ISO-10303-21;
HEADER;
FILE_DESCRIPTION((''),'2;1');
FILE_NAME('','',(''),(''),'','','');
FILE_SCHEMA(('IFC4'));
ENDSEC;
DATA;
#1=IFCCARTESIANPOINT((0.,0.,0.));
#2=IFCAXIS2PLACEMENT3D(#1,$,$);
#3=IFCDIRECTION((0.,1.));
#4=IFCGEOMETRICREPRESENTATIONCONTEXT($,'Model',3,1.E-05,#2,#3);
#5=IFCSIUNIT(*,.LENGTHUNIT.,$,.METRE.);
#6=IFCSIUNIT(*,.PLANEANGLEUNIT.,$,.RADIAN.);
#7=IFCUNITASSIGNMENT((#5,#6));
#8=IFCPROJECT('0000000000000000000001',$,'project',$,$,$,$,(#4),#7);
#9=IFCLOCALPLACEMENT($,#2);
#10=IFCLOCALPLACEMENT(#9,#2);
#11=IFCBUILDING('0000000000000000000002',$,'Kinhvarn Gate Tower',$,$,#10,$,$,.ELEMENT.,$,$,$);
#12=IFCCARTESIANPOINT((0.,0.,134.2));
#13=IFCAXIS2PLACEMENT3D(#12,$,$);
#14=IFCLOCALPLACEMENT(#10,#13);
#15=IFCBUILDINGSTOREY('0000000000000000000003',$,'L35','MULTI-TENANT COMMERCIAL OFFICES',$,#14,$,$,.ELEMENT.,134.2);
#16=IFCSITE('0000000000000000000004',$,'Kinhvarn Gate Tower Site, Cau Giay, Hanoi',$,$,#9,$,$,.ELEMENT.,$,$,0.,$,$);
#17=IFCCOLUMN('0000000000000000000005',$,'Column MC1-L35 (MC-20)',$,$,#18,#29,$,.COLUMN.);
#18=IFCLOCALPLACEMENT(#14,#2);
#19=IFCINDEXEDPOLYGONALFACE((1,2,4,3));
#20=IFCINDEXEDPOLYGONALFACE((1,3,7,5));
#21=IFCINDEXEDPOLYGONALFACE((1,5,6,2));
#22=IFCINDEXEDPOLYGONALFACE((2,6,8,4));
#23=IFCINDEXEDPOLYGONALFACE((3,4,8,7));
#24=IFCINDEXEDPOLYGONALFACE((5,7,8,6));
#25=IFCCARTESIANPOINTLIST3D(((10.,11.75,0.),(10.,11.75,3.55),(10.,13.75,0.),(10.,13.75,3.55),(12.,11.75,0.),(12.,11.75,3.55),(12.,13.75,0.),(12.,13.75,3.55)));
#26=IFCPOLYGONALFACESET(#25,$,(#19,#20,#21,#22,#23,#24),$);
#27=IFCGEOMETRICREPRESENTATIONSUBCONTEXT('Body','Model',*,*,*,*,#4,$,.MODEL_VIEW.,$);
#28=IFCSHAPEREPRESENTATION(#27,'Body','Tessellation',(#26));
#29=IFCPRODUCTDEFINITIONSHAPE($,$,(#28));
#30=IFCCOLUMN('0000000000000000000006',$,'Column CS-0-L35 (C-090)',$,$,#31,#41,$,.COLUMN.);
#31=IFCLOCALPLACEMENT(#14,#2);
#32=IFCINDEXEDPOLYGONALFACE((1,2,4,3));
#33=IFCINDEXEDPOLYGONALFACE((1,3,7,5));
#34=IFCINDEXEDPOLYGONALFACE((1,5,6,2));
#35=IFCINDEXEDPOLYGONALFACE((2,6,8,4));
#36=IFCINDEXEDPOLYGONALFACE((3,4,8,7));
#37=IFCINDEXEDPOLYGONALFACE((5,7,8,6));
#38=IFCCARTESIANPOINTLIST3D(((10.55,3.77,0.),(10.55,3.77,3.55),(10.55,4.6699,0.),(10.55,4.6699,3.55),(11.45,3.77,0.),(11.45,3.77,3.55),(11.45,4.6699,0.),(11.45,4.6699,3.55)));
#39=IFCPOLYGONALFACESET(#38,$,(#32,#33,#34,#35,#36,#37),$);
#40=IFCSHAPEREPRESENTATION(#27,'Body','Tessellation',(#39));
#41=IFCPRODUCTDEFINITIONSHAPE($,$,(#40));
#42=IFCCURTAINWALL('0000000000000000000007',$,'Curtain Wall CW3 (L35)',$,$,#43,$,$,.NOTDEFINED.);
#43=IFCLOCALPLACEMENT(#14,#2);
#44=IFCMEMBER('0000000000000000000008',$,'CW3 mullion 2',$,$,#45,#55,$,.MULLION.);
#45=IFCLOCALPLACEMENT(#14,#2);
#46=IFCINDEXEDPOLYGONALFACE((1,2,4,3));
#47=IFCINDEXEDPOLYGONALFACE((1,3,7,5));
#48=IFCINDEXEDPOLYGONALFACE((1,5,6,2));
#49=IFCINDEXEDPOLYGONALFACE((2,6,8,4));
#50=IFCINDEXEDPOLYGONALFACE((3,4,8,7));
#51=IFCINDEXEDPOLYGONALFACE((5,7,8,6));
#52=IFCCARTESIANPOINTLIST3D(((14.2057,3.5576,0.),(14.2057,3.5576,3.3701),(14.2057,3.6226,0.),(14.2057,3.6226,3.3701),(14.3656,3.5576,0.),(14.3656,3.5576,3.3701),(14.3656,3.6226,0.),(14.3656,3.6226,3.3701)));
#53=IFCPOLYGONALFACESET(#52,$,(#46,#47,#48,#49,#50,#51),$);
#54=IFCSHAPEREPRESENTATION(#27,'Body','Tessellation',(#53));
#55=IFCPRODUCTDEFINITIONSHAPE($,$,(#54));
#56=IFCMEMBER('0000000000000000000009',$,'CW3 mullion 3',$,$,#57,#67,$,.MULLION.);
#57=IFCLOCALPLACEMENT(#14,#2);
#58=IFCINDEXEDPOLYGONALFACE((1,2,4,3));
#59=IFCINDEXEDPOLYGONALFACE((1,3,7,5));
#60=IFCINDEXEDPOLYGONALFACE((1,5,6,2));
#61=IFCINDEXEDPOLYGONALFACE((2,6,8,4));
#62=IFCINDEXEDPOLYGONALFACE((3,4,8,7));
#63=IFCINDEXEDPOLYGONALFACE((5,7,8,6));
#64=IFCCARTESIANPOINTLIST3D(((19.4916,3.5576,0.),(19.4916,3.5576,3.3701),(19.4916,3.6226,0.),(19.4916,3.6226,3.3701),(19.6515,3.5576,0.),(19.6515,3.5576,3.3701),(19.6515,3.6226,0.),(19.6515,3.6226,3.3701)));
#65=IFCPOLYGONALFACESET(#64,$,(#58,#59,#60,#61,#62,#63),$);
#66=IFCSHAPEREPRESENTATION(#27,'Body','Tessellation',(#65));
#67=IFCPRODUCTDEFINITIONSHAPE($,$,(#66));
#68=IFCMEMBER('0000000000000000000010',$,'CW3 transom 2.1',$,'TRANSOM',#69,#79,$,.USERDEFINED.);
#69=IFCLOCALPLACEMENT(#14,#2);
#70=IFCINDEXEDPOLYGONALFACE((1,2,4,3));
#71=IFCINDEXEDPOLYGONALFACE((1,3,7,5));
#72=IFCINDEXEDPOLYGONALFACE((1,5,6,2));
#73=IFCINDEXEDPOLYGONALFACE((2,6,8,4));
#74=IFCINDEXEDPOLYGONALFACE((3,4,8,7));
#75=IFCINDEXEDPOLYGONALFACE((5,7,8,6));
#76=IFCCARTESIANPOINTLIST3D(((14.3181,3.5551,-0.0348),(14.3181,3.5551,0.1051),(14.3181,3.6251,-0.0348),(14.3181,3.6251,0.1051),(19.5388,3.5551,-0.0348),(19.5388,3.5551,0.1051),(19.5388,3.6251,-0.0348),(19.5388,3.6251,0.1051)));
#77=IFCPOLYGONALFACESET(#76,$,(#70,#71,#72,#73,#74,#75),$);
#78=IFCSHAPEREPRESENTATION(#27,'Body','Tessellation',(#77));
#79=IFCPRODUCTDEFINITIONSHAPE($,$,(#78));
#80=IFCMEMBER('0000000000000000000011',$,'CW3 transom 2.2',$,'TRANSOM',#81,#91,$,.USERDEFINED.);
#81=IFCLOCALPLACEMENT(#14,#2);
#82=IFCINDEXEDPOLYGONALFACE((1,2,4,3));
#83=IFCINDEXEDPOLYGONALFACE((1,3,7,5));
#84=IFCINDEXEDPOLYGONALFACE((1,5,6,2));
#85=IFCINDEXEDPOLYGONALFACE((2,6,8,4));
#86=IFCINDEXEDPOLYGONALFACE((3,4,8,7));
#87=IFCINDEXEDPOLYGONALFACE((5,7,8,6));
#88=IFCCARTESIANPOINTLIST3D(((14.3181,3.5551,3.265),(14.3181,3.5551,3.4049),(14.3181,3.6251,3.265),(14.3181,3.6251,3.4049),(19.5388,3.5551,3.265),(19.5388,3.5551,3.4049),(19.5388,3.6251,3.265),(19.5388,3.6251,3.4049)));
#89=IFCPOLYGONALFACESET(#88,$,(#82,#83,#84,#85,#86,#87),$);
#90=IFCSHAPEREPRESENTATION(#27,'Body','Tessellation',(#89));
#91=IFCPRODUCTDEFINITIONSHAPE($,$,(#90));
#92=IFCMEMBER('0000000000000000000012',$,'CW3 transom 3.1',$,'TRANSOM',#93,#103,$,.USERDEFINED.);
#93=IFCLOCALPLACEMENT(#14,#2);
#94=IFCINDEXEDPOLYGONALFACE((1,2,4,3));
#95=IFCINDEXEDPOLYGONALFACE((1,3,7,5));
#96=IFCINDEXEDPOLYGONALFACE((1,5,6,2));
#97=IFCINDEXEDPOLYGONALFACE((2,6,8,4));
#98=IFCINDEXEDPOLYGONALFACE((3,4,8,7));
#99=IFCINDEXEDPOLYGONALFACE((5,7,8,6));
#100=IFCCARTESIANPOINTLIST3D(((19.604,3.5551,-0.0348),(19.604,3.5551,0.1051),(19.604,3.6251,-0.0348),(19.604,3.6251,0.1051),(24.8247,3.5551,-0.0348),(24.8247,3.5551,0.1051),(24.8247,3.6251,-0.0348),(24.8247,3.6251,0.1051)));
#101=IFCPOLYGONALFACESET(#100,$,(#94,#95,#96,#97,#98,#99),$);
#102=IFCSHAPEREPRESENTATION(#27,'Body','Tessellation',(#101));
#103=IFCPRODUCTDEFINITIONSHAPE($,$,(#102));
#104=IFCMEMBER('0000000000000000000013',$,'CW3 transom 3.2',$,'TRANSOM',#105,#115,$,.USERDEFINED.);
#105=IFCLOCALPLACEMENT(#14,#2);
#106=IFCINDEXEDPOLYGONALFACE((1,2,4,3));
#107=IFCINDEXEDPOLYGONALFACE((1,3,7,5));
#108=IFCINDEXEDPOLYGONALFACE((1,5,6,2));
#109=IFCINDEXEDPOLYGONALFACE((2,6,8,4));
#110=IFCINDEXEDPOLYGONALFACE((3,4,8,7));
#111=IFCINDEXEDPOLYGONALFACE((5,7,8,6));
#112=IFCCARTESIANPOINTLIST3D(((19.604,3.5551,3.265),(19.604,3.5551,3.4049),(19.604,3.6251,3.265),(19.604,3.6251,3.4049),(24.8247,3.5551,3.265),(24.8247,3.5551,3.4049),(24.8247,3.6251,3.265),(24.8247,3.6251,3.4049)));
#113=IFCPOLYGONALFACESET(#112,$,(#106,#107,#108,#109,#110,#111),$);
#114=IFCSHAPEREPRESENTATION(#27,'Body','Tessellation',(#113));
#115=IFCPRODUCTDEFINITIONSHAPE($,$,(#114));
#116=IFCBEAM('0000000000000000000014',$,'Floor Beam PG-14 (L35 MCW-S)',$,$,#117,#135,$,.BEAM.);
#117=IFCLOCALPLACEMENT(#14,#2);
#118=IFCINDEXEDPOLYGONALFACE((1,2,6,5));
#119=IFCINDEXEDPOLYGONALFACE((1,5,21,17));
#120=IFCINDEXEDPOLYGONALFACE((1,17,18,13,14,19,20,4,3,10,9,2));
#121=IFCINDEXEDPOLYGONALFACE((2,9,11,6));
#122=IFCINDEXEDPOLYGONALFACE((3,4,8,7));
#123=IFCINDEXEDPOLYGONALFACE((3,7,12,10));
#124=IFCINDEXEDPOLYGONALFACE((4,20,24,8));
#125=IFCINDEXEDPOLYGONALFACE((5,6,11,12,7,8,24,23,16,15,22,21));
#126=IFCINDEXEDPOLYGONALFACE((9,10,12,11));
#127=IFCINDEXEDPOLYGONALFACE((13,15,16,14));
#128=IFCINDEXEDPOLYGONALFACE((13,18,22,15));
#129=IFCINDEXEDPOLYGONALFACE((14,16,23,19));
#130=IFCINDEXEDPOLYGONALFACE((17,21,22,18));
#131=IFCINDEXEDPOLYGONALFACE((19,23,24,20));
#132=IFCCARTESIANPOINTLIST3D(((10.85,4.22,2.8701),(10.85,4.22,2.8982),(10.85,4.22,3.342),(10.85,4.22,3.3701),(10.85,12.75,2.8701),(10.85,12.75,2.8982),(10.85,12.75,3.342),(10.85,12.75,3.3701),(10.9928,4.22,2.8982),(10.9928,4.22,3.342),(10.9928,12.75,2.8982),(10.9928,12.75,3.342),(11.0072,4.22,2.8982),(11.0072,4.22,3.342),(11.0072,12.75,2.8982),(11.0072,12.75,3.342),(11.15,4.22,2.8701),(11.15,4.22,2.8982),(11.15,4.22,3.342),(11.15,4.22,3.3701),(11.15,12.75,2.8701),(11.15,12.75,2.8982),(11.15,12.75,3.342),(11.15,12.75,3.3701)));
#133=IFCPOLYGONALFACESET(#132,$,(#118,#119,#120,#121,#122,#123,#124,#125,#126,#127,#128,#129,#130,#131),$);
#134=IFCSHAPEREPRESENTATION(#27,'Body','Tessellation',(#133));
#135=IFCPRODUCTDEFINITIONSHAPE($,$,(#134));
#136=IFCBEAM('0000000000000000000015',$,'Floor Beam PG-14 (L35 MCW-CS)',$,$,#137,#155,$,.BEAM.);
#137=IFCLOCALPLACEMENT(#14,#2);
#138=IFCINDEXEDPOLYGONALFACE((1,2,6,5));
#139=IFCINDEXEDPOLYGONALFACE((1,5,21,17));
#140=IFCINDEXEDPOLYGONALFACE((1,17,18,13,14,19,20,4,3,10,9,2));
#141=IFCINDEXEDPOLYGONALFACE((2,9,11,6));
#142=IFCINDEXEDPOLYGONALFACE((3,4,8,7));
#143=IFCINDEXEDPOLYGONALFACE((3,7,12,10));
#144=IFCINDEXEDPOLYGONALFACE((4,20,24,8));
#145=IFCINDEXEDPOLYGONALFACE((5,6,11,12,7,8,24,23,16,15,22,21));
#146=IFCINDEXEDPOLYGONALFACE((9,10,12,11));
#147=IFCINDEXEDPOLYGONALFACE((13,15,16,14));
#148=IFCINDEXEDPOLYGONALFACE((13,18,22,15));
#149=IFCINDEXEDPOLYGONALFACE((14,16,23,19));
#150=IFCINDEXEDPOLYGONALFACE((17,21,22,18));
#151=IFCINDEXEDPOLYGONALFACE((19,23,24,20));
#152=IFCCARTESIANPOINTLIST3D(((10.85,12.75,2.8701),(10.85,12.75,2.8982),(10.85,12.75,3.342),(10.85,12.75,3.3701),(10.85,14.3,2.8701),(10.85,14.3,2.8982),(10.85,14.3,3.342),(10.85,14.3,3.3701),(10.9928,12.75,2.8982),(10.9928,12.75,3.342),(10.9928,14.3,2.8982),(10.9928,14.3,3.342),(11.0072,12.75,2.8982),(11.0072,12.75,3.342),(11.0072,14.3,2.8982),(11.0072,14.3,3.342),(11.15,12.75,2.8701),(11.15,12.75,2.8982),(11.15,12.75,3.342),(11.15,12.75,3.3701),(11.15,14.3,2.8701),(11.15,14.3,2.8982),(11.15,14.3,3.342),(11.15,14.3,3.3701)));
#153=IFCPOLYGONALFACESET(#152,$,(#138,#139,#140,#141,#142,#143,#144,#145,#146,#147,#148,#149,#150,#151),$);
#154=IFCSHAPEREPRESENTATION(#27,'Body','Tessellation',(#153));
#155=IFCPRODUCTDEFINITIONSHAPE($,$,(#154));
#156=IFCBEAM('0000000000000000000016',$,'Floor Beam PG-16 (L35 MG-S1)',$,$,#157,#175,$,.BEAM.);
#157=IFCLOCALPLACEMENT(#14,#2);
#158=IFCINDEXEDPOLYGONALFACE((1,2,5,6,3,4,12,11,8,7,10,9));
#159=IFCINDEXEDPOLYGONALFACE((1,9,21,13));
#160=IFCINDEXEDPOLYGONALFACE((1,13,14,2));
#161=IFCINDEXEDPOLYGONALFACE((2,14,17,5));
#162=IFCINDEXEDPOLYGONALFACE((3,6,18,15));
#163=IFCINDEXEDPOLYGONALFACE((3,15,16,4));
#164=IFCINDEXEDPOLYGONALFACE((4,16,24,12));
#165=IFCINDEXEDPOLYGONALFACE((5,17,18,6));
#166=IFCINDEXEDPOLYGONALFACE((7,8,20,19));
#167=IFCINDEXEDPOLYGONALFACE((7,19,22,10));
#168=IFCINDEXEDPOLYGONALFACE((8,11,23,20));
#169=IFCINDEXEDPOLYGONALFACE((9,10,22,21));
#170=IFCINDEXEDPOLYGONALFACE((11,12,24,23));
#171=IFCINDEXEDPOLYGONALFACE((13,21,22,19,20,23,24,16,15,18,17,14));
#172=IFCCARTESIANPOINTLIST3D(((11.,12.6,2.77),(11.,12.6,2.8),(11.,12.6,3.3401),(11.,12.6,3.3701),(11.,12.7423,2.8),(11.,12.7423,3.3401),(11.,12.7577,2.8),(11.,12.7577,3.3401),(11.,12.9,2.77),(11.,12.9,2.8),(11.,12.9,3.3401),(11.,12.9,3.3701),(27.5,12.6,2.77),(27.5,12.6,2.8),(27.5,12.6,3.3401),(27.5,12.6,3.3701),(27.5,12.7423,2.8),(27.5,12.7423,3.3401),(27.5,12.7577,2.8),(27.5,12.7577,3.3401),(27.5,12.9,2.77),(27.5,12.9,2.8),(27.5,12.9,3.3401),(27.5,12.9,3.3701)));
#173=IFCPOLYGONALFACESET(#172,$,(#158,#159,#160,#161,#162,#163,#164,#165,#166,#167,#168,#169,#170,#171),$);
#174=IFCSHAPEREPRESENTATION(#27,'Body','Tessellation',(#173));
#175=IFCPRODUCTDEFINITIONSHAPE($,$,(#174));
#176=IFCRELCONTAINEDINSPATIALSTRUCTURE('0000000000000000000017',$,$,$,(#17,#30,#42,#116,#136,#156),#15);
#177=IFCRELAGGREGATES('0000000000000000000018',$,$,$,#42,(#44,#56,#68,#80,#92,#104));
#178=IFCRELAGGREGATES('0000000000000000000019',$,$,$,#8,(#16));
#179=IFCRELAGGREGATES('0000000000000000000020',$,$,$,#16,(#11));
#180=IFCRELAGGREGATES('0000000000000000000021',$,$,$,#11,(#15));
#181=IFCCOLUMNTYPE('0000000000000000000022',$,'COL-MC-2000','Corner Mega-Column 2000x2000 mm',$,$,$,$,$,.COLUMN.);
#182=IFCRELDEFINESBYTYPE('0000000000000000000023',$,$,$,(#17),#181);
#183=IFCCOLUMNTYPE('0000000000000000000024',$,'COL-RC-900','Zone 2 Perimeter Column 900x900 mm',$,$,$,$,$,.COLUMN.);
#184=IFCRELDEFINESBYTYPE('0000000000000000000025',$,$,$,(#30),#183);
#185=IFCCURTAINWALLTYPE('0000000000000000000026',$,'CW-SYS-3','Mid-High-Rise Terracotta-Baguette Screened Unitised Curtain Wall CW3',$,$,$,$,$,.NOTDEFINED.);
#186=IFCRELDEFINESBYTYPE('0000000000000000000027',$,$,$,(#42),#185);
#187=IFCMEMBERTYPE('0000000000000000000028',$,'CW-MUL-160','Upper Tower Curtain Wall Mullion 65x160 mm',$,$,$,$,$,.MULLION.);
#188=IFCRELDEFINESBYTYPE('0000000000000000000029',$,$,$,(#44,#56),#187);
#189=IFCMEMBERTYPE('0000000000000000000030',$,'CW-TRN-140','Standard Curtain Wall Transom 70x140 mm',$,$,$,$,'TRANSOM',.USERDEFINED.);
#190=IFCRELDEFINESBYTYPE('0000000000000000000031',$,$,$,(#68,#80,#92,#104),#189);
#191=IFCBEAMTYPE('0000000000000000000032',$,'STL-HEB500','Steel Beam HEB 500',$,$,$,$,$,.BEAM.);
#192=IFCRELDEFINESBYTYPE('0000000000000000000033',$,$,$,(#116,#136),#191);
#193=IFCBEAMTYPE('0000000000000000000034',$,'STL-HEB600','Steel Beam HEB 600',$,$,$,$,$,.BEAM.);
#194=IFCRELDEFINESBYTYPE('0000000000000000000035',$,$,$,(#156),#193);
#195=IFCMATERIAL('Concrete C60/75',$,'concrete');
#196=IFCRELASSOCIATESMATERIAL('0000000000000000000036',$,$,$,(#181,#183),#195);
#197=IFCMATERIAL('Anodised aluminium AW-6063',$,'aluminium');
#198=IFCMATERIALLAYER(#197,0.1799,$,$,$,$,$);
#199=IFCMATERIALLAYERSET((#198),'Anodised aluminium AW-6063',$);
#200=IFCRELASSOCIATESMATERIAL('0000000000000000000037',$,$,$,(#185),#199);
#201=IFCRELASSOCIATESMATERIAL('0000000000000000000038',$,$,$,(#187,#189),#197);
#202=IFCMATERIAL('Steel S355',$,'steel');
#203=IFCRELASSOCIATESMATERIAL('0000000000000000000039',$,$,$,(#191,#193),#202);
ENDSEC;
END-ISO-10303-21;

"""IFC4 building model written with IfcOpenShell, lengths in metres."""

from ifc_helpers import new_model, si_unit, direction, frame, origin, origin_2d, place, context, subcontext, project, spatial, rectangle, i_section, extrude, material, layer, layer_set, material_profile, profile_set, type_object, element, aggregate, save


model = new_model("IFC4")

# Units and contexts
model_context = context("Model", 3, precision=1e-05, world=origin(), true_north=direction((0.0, 1.0)))
body_context = subcontext(model_context, "Body", "Model", "MODEL_VIEW")
ifc_project = project(units=[si_unit("LENGTHUNIT", "METRE"), si_unit("PLANEANGLEUNIT", "RADIAN")], contexts=[model_context])

# Site, building, storey
site_placement = place(None, origin())
site = spatial("IfcSite", under=ifc_project, at=site_placement, Name="Kinhvarn Gate Tower Site, Cau Giay, Hanoi", CompositionType="ELEMENT", RefElevation=0.0)
building_placement = place(site_placement, origin())
building = spatial("IfcBuilding", under=site, at=building_placement, Name="Kinhvarn Gate Tower", CompositionType="ELEMENT")
storey_placement = place(building_placement, frame((0.0, 0.0, 134.2)))
storey = spatial("IfcBuildingStorey", under=building, at=storey_placement, Name="L35", Description="MULTI-TENANT COMMERCIAL OFFICES", CompositionType="ELEMENT", Elevation=134.2)

# Columns
ifc_material_1 = material(Name="Concrete C60/75", Category="concrete")
ifc_material_profile_1 = material_profile(ifc_material_1, rectangle(XDim=2.0, YDim=2.0, at=origin_2d()), Name="RC 2000x2000")
ifc_profile_set_1 = profile_set([ifc_material_profile_1], Name="Concrete C60/75")
column_type_1 = type_object("IfcColumnType", Name="COL-MC-2000", Description="Corner Mega-Column 2000x2000 mm", PredefinedType="COLUMN", material=ifc_profile_set_1)
column_1_placement = place(storey_placement, frame((11.0, 12.75, 0.0), z_axis=(0.0, 0.0, 1.0), x_axis=(1.0, 0.0, 0.0)))
element("IfcColumn", 1, at=column_1_placement, inside=storey, type_object=column_type_1, Name="Column MC1-L35 (MC-20)", PredefinedType="COLUMN", context=body_context, shape_type="SweptSolid", body=[
    extrude(rectangle(XDim=2.0, YDim=2.0, at=origin_2d()), origin(), (0.0, 0.0, 1.0), 3.55),
])
ifc_material_profile_2 = material_profile(ifc_material_1, rectangle(XDim=0.8999, YDim=0.8999, at=origin_2d()), Name="RC 900x900")
ifc_profile_set_2 = profile_set([ifc_material_profile_2], Name="Concrete C60/75")
column_type_2 = type_object("IfcColumnType", Name="COL-RC-900", Description="Zone 2 Perimeter Column 900x900 mm", PredefinedType="COLUMN", material=ifc_profile_set_2)
column_2_placement = place(storey_placement, frame((11.0, 4.22, 0.0), z_axis=(0.0, 0.0, 1.0), x_axis=(1.0, 0.0, 0.0)))
element("IfcColumn", 2, at=column_2_placement, inside=storey, type_object=column_type_2, Name="Column CS-0-L35 (C-090)", PredefinedType="COLUMN", context=body_context, shape_type="SweptSolid", body=[
    extrude(rectangle(XDim=0.8999, YDim=0.8999, at=origin_2d()), origin(), (0.0, 0.0, 1.0), 3.55),
])

# Curtain wall, members
ifc_material_2 = material(Name="Anodised aluminium AW-6063", Category="aluminium")
ifc_layer_1 = layer(ifc_material_2, 0.1799)
ifc_layer_set_1 = layer_set([ifc_layer_1], Name="Anodised aluminium AW-6063")
curtain_wall_type = type_object("IfcCurtainWallType", Name="CW-SYS-3", Description="Mid-High-Rise Terracotta-Baguette Screened Unitised Curtain Wall CW3", PredefinedType="NOTDEFINED", material=ifc_layer_set_1)
curtain_wall_placement = place(storey_placement, origin())
curtain_wall = element("IfcCurtainWall", 3, at=curtain_wall_placement, inside=storey, type_object=curtain_wall_type, Name="Curtain Wall CW3 (L35)", PredefinedType="NOTDEFINED")
ifc_material_profile_3 = material_profile(ifc_material_2, rectangle(XDim=0.0649, YDim=0.1599, at=origin_2d()), Name="ALU 65x160")
ifc_profile_set_3 = profile_set([ifc_material_profile_3], Name="Anodised aluminium AW-6063")
member_type_1 = type_object("IfcMemberType", Name="CW-MUL-160", Description="Upper Tower Curtain Wall Mullion 65x160 mm", PredefinedType="MULLION", material=ifc_profile_set_3)
member_1_placement = place(storey_placement, frame((14.2856, 3.5901, 0.0), z_axis=(0.0, 0.0, 1.0), x_axis=(0.0, 1.0, 0.0)))
member_1 = element("IfcMember", 4, at=member_1_placement, type_object=member_type_1, Name="CW3 mullion 2", PredefinedType="MULLION", context=body_context, shape_type="SweptSolid", body=[
    extrude(rectangle(XDim=0.0649, YDim=0.1599, at=origin_2d()), origin(), (0.0, 0.0, 1.0), 3.3701),
])
member_2_placement = place(storey_placement, frame((19.5715, 3.5901, 0.0), z_axis=(0.0, 0.0, 1.0), x_axis=(0.0, 1.0, 0.0)))
member_2 = element("IfcMember", 5, at=member_2_placement, type_object=member_type_1, Name="CW3 mullion 3", PredefinedType="MULLION", context=body_context, shape_type="SweptSolid", body=[
    extrude(rectangle(XDim=0.0649, YDim=0.1599, at=origin_2d()), origin(), (0.0, 0.0, 1.0), 3.3701),
])
ifc_material_profile_4 = material_profile(ifc_material_2, rectangle(XDim=0.0701, YDim=0.1399, at=origin_2d()), Name="ALU 70x140")
ifc_profile_set_4 = profile_set([ifc_material_profile_4], Name="Anodised aluminium AW-6063")
member_type_2 = type_object("IfcMemberType", Name="CW-TRN-140", Description="Standard Curtain Wall Transom 70x140 mm", ElementType="TRANSOM", PredefinedType="USERDEFINED", material=ifc_profile_set_4)
member_3_placement = place(storey_placement, frame((14.3181, 3.5901, 0.0352), z_axis=(1.0, 0.0, 0.0), x_axis=(0.0, 1.0, 0.0)))
member_3 = element("IfcMember", 6, at=member_3_placement, type_object=member_type_2, Name="CW3 transom 2.1", ObjectType="TRANSOM", PredefinedType="USERDEFINED", context=body_context, shape_type="SweptSolid", body=[
    extrude(rectangle(XDim=0.0701, YDim=0.1399, at=origin_2d()), origin(), (0.0, 0.0, 1.0), 5.2207),
])
member_4_placement = place(storey_placement, frame((14.3181, 3.5901, 3.335), z_axis=(1.0, 0.0, 0.0), x_axis=(0.0, 1.0, 0.0)))
member_4 = element("IfcMember", 7, at=member_4_placement, type_object=member_type_2, Name="CW3 transom 2.2", ObjectType="TRANSOM", PredefinedType="USERDEFINED", context=body_context, shape_type="SweptSolid", body=[
    extrude(rectangle(XDim=0.0701, YDim=0.1399, at=origin_2d()), origin(), (0.0, 0.0, 1.0), 5.2207),
])
member_5_placement = place(storey_placement, frame((19.604, 3.5901, 0.0352), z_axis=(1.0, 0.0, 0.0), x_axis=(0.0, 1.0, 0.0)))
member_5 = element("IfcMember", 8, at=member_5_placement, type_object=member_type_2, Name="CW3 transom 3.1", ObjectType="TRANSOM", PredefinedType="USERDEFINED", context=body_context, shape_type="SweptSolid", body=[
    extrude(rectangle(XDim=0.0701, YDim=0.1399, at=origin_2d()), origin(), (0.0, 0.0, 1.0), 5.2207),
])
member_6_placement = place(storey_placement, frame((19.604, 3.5901, 3.335), z_axis=(1.0, 0.0, 0.0), x_axis=(0.0, 1.0, 0.0)))
member_6 = element("IfcMember", 9, at=member_6_placement, type_object=member_type_2, Name="CW3 transom 3.2", ObjectType="TRANSOM", PredefinedType="USERDEFINED", context=body_context, shape_type="SweptSolid", body=[
    extrude(rectangle(XDim=0.0701, YDim=0.1399, at=origin_2d()), origin(), (0.0, 0.0, 1.0), 5.2207),
])

# Beams
ifc_material_3 = material(Name="Steel S355", Category="steel")
ifc_material_profile_5 = material_profile(ifc_material_3, i_section(OverallWidth=0.3, OverallDepth=0.5, WebThickness=0.0144, FlangeThickness=0.0281, at=origin_2d()), Name="HEB 500")
ifc_profile_set_5 = profile_set([ifc_material_profile_5], Name="Steel S355")
beam_type_1 = type_object("IfcBeamType", Name="STL-HEB500", Description="Steel Beam HEB 500", PredefinedType="BEAM", material=ifc_profile_set_5)
beam_1_placement = place(storey_placement, frame((11.0, 4.22, 3.1201), z_axis=(0.0, 1.0, 0.0), x_axis=(-1.0, 0.0, 0.0)))
element("IfcBeam", 10, at=beam_1_placement, inside=storey, type_object=beam_type_1, Name="Floor Beam PG-14 (L35 MCW-S)", PredefinedType="BEAM", context=body_context, shape_type="SweptSolid", body=[
    extrude(i_section(OverallWidth=0.3, OverallDepth=0.5, WebThickness=0.0144, FlangeThickness=0.0281, at=origin_2d()), origin(), (0.0, 0.0, 1.0), 8.53),
])
beam_2_placement = place(storey_placement, frame((11.0, 12.75, 3.1201), z_axis=(0.0, 1.0, 0.0), x_axis=(-1.0, 0.0, 0.0)))
element("IfcBeam", 11, at=beam_2_placement, inside=storey, type_object=beam_type_1, Name="Floor Beam PG-14 (L35 MCW-CS)", PredefinedType="BEAM", context=body_context, shape_type="SweptSolid", body=[
    extrude(i_section(OverallWidth=0.3, OverallDepth=0.5, WebThickness=0.0144, FlangeThickness=0.0281, at=origin_2d()), origin(), (0.0, 0.0, 1.0), 1.55),
])
ifc_material_profile_6 = material_profile(ifc_material_3, i_section(OverallWidth=0.3, OverallDepth=0.6001, WebThickness=0.0154, FlangeThickness=0.03, at=origin_2d()), Name="HEB 600")
ifc_profile_set_6 = profile_set([ifc_material_profile_6], Name="Steel S355")
beam_type_2 = type_object("IfcBeamType", Name="STL-HEB600", Description="Steel Beam HEB 600", PredefinedType="BEAM", material=ifc_profile_set_6)
beam_3_placement = place(storey_placement, frame((11.0, 12.75, 3.0701), z_axis=(1.0, 0.0, 0.0), x_axis=(0.0, 1.0, 0.0)))
element("IfcBeam", 12, at=beam_3_placement, inside=storey, type_object=beam_type_2, Name="Floor Beam PG-16 (L35 MG-S1)", PredefinedType="BEAM", context=body_context, shape_type="SweptSolid", body=[
    extrude(i_section(OverallWidth=0.3, OverallDepth=0.6001, WebThickness=0.0154, FlangeThickness=0.03, at=origin_2d()), origin(), (0.0, 0.0, 1.0), 16.5),
])

aggregate(curtain_wall, [member_1, member_2, member_3, member_4, member_5, member_6])

save(model, "model.ifc")
